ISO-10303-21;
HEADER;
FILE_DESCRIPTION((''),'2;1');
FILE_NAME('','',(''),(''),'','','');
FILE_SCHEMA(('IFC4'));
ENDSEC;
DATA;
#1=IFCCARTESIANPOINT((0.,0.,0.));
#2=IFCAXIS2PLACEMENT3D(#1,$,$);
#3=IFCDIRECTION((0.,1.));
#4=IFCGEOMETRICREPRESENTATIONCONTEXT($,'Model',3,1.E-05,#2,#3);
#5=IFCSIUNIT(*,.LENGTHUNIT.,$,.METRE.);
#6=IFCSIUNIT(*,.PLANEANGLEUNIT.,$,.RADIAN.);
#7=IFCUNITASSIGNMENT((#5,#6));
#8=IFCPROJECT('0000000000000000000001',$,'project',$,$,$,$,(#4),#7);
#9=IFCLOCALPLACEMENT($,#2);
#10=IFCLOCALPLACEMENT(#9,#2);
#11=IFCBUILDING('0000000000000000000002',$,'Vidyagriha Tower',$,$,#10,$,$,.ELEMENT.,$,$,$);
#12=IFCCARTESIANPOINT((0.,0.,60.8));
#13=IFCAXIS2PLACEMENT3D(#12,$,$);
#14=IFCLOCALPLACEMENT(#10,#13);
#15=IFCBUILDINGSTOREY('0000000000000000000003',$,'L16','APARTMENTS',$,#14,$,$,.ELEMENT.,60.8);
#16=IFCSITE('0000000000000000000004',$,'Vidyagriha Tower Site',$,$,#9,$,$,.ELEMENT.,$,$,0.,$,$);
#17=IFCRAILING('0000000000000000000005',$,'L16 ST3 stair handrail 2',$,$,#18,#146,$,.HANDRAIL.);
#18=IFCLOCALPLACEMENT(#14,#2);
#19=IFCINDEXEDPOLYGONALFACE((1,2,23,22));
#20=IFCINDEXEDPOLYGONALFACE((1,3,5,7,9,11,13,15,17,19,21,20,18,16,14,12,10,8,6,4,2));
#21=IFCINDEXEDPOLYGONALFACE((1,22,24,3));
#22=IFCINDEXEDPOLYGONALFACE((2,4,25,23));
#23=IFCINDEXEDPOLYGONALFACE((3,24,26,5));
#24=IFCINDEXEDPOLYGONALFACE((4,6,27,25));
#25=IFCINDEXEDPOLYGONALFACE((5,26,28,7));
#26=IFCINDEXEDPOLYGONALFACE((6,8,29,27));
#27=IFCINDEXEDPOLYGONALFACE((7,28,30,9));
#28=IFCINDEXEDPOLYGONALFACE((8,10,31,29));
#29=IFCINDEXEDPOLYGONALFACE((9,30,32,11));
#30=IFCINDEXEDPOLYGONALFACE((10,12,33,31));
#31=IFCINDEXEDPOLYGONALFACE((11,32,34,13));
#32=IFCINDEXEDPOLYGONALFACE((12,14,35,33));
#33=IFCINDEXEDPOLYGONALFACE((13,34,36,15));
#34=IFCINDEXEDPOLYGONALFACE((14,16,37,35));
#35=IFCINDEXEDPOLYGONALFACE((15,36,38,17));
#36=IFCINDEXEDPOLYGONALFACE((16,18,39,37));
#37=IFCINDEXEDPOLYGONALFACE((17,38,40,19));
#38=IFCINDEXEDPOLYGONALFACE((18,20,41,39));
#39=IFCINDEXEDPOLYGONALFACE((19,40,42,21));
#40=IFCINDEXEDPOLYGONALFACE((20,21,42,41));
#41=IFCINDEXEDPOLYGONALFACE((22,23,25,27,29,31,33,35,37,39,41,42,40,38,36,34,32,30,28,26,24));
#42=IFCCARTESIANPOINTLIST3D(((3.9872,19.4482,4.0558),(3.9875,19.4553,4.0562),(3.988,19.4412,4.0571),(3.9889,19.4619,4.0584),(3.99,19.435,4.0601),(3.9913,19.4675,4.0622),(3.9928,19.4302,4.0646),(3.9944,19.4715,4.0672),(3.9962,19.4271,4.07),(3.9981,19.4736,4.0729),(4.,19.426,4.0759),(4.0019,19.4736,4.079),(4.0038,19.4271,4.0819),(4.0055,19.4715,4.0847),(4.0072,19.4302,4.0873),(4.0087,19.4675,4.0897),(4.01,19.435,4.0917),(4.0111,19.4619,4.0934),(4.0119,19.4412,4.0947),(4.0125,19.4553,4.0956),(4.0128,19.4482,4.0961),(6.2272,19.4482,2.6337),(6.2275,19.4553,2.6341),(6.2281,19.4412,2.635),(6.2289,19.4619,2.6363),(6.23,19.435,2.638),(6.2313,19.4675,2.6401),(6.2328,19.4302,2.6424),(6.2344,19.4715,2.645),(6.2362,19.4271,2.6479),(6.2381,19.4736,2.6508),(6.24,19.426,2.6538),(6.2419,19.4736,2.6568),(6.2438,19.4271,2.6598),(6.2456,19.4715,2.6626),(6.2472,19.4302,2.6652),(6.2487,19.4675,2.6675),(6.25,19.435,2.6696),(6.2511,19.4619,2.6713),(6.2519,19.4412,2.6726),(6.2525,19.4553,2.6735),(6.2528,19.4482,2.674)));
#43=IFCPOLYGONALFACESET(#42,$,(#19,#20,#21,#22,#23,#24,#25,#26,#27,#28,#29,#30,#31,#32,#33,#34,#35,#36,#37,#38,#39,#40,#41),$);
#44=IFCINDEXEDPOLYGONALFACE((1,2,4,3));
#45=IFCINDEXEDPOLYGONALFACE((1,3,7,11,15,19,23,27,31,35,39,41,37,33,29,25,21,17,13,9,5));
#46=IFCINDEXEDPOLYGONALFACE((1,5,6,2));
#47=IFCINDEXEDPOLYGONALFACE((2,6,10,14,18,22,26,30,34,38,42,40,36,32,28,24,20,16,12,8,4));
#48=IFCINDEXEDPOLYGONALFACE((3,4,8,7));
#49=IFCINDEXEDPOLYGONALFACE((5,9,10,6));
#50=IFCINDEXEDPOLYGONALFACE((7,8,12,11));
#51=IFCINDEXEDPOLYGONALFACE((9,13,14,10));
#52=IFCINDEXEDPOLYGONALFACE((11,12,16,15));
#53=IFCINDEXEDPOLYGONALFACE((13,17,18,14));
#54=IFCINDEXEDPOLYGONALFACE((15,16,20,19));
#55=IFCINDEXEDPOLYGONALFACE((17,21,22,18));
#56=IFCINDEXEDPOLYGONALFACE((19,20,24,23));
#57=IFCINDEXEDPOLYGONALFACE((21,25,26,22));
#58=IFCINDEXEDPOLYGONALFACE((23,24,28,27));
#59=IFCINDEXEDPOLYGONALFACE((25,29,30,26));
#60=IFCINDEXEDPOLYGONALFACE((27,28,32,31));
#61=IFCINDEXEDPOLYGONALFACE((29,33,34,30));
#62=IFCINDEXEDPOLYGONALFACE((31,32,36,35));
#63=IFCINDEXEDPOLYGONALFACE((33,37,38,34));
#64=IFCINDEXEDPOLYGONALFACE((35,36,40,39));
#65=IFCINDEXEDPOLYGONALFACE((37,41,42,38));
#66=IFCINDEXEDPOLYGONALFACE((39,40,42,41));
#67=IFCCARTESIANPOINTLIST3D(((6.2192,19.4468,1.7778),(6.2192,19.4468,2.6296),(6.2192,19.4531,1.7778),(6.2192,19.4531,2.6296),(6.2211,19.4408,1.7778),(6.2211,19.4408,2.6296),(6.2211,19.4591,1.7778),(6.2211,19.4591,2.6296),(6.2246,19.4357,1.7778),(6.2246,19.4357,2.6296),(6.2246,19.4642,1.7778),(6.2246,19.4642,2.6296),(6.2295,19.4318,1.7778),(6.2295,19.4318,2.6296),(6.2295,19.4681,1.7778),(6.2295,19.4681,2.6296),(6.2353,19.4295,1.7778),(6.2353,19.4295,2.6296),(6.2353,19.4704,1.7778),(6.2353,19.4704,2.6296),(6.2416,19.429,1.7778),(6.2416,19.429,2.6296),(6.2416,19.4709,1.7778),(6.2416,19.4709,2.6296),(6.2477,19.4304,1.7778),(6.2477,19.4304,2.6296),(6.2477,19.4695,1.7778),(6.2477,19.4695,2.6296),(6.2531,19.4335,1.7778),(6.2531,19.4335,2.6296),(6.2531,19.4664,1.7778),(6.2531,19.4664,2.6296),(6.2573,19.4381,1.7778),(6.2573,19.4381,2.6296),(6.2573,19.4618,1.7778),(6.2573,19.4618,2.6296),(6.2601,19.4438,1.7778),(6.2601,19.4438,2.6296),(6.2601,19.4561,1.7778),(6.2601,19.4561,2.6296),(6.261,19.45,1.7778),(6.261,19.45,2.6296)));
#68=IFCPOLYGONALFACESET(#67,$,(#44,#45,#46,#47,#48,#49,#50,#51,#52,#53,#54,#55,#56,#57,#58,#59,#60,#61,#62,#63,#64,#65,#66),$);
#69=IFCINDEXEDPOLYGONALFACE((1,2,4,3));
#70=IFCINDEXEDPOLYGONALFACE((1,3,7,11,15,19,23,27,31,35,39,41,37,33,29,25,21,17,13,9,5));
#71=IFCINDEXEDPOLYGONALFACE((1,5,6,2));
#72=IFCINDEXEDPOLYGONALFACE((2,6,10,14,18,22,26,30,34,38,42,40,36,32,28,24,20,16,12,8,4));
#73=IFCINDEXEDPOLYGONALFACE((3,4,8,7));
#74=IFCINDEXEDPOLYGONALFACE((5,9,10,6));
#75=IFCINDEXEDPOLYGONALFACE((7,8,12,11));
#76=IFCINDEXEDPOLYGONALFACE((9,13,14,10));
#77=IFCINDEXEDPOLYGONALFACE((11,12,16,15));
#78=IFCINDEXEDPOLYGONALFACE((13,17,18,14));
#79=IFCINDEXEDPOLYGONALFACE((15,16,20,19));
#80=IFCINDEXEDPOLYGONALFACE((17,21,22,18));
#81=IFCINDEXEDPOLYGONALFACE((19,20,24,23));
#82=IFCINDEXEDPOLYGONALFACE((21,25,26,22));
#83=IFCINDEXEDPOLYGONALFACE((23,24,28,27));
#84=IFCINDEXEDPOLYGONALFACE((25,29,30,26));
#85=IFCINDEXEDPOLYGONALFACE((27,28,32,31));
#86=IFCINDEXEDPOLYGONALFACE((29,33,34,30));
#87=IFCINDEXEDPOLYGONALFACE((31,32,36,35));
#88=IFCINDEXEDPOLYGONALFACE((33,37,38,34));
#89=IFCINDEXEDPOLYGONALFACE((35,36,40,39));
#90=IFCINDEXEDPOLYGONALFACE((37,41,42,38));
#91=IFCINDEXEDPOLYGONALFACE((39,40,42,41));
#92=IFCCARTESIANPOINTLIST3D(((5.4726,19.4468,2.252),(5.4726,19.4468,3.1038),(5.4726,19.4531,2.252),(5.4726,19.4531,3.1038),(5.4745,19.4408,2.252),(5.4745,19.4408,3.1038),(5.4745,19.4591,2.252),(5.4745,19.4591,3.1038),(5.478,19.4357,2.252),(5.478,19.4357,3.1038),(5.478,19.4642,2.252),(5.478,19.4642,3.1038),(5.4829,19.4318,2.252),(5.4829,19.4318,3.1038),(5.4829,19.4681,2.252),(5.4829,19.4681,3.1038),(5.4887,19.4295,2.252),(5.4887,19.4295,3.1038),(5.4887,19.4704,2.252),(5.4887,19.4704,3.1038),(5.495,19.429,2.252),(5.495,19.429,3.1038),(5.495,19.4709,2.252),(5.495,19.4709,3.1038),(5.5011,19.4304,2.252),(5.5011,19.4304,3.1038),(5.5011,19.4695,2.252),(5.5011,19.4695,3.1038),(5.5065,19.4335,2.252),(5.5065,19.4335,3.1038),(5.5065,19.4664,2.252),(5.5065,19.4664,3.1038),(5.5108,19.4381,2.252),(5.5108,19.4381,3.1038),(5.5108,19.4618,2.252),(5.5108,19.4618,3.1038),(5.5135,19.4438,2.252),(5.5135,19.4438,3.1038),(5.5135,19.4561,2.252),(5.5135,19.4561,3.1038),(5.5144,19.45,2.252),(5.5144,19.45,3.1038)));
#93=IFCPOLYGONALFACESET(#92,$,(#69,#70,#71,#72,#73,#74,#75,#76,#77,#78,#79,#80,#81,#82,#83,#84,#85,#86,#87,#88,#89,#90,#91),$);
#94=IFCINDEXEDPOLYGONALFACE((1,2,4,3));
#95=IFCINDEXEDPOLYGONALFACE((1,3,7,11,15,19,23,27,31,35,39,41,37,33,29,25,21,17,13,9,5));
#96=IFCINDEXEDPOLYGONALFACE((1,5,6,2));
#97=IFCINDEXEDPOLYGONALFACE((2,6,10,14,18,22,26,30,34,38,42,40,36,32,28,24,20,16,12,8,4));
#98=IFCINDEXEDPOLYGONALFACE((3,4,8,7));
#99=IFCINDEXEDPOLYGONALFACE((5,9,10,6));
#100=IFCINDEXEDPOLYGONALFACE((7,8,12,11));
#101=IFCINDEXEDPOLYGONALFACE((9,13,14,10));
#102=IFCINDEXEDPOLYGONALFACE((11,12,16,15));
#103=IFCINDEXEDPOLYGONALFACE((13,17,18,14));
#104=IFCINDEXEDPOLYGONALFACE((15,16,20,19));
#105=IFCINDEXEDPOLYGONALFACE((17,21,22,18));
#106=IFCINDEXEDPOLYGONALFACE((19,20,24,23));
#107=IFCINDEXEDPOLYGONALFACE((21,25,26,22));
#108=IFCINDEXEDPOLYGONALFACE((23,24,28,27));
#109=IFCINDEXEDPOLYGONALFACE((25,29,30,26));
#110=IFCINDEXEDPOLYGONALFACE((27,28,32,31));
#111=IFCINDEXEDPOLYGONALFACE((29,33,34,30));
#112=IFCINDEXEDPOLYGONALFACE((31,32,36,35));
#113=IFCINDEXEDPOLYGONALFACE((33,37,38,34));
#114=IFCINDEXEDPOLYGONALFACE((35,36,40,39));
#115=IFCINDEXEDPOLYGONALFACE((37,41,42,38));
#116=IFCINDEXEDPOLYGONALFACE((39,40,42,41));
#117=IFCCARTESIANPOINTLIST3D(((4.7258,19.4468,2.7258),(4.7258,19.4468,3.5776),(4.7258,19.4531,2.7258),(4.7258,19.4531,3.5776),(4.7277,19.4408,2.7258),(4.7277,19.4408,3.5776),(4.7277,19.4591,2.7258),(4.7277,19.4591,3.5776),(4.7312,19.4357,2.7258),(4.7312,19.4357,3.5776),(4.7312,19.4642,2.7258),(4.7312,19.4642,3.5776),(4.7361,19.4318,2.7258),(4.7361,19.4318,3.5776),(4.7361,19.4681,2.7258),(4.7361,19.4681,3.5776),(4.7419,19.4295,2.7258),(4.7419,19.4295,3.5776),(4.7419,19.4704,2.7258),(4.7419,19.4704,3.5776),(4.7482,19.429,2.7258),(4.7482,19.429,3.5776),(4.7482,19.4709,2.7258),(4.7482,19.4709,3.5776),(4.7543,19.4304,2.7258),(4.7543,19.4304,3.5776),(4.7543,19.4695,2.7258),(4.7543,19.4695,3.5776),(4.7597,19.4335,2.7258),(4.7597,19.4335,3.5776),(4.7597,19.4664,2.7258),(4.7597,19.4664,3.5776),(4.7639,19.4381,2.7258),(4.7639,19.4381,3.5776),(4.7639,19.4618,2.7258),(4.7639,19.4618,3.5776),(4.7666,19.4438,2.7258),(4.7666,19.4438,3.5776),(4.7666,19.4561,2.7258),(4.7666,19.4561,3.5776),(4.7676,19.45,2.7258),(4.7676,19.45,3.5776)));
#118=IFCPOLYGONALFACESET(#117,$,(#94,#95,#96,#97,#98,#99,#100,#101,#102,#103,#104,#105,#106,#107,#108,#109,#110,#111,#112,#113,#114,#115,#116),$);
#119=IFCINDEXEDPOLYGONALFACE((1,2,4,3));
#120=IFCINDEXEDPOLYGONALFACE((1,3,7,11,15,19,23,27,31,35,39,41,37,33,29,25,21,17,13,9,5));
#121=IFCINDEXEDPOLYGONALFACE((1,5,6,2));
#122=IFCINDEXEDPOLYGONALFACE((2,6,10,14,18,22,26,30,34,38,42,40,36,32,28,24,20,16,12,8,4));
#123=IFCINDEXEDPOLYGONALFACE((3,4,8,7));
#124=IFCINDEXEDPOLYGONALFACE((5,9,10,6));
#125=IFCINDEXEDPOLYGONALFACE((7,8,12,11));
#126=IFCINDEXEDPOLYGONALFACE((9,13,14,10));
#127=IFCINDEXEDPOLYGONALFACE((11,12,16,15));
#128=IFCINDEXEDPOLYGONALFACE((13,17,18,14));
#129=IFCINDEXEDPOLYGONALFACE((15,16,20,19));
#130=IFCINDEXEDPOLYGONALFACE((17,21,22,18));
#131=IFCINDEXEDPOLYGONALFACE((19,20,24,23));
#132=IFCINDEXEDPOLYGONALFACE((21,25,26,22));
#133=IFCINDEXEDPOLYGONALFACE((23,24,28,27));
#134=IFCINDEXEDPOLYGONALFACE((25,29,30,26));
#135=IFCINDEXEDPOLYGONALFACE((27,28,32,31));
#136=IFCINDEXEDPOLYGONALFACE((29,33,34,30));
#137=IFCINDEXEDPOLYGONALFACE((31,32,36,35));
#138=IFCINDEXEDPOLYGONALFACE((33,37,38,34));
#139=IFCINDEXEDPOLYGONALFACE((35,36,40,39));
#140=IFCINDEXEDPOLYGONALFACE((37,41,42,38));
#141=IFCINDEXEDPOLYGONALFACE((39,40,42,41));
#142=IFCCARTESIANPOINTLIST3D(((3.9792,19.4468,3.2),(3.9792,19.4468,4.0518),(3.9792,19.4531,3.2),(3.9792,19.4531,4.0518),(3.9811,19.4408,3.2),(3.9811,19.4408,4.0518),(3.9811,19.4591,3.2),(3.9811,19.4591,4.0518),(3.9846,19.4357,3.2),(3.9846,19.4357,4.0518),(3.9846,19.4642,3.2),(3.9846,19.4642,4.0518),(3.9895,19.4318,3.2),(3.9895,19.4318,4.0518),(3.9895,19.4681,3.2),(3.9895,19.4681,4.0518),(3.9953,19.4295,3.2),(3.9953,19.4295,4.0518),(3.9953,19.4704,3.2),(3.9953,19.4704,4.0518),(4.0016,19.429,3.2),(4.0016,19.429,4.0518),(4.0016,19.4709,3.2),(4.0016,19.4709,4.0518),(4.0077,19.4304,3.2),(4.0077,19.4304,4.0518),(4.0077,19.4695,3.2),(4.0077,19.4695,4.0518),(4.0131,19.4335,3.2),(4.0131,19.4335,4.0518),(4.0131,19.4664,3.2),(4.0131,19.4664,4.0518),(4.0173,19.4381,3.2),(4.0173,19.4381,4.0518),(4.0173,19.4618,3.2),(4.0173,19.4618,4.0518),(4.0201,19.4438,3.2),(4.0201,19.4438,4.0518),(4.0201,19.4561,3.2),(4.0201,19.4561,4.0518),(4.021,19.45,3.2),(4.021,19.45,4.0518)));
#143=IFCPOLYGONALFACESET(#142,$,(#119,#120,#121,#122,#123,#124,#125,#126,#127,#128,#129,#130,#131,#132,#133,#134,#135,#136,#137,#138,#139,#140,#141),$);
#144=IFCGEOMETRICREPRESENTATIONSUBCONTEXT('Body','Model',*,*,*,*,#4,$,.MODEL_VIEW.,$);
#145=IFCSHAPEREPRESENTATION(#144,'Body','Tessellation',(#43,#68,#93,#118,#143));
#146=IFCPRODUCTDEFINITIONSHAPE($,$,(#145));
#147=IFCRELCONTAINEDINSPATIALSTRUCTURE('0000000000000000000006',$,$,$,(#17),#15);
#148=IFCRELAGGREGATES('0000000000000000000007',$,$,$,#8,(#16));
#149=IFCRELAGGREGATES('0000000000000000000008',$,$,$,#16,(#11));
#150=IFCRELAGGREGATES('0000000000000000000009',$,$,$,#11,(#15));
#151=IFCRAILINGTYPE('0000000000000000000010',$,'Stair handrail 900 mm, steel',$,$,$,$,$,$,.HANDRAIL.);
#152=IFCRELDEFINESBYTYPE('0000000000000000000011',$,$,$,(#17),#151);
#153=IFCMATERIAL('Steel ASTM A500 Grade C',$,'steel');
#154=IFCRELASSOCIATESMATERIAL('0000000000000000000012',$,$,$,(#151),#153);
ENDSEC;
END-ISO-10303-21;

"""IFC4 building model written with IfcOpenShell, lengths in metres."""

from ifc_helpers import new_model, si_unit, direction, frame, origin, origin_2d, place, context, subcontext, project, spatial, circle, extrude, material, type_object, element, save


model = new_model("IFC4")

# Units and contexts
model_context = context("Model", 3, precision=1e-05, world=origin(), true_north=direction((0.0, 1.0)))
body_context = subcontext(model_context, "Body", "Model", "MODEL_VIEW")
ifc_project = project(units=[si_unit("LENGTHUNIT", "METRE"), si_unit("PLANEANGLEUNIT", "RADIAN")], contexts=[model_context])

# Site, building, storey
site_placement = place(None, origin())
site = spatial("IfcSite", under=ifc_project, at=site_placement, Name="Vidyagriha Tower Site", CompositionType="ELEMENT", RefElevation=0.0)
building_placement = place(site_placement, origin())
building = spatial("IfcBuilding", under=site, at=building_placement, Name="Vidyagriha Tower", CompositionType="ELEMENT")
storey_placement = place(building_placement, frame((0.0, 0.0, 60.8)))
storey = spatial("IfcBuildingStorey", under=building, at=storey_placement, Name="L16", Description="APARTMENTS", CompositionType="ELEMENT", Elevation=60.8)

# Railing
ifc_material_1 = material(Name="Steel ASTM A500 Grade C", Category="steel")
railing_type_1 = type_object("IfcRailingType", Name="Stair handrail 900 mm, steel", PredefinedType="HANDRAIL", material=ifc_material_1)
railing_1_placement = place(storey_placement, frame((6.24, 19.45, 1.7778)))
element("IfcRailing", 1, at=railing_1_placement, inside=storey, type_object=railing_type_1, Name="L16 ST3 stair handrail 2", PredefinedType="HANDRAIL", context=body_context, shape_type="SweptSolid", body=[
    extrude(circle(Radius=0.0239, at=origin_2d()), frame((0.0, 0.0, 0.876), z_axis=(-0.844229, 0.0, 0.535982), x_axis=(0.0, -1.0, 0.0)), (0.0, 0.0, 1.0), 2.6533),
    extrude(circle(Radius=0.021, at=origin_2d()), origin(), (0.0, 0.0, 1.0), 0.8518),
    extrude(circle(Radius=0.021, at=origin_2d()), frame((-0.7466, 0.0, 0.4741)), (0.0, 0.0, 1.0), 0.8518),
    extrude(circle(Radius=0.021, at=origin_2d()), frame((-1.4934, 0.0, 0.948)), (0.0, 0.0, 1.0), 0.8518),
    extrude(circle(Radius=0.021, at=origin_2d()), frame((-2.24, 0.0, 1.4221)), (0.0, 0.0, 1.0), 0.8518),
])

save(model, "model.ifc")
